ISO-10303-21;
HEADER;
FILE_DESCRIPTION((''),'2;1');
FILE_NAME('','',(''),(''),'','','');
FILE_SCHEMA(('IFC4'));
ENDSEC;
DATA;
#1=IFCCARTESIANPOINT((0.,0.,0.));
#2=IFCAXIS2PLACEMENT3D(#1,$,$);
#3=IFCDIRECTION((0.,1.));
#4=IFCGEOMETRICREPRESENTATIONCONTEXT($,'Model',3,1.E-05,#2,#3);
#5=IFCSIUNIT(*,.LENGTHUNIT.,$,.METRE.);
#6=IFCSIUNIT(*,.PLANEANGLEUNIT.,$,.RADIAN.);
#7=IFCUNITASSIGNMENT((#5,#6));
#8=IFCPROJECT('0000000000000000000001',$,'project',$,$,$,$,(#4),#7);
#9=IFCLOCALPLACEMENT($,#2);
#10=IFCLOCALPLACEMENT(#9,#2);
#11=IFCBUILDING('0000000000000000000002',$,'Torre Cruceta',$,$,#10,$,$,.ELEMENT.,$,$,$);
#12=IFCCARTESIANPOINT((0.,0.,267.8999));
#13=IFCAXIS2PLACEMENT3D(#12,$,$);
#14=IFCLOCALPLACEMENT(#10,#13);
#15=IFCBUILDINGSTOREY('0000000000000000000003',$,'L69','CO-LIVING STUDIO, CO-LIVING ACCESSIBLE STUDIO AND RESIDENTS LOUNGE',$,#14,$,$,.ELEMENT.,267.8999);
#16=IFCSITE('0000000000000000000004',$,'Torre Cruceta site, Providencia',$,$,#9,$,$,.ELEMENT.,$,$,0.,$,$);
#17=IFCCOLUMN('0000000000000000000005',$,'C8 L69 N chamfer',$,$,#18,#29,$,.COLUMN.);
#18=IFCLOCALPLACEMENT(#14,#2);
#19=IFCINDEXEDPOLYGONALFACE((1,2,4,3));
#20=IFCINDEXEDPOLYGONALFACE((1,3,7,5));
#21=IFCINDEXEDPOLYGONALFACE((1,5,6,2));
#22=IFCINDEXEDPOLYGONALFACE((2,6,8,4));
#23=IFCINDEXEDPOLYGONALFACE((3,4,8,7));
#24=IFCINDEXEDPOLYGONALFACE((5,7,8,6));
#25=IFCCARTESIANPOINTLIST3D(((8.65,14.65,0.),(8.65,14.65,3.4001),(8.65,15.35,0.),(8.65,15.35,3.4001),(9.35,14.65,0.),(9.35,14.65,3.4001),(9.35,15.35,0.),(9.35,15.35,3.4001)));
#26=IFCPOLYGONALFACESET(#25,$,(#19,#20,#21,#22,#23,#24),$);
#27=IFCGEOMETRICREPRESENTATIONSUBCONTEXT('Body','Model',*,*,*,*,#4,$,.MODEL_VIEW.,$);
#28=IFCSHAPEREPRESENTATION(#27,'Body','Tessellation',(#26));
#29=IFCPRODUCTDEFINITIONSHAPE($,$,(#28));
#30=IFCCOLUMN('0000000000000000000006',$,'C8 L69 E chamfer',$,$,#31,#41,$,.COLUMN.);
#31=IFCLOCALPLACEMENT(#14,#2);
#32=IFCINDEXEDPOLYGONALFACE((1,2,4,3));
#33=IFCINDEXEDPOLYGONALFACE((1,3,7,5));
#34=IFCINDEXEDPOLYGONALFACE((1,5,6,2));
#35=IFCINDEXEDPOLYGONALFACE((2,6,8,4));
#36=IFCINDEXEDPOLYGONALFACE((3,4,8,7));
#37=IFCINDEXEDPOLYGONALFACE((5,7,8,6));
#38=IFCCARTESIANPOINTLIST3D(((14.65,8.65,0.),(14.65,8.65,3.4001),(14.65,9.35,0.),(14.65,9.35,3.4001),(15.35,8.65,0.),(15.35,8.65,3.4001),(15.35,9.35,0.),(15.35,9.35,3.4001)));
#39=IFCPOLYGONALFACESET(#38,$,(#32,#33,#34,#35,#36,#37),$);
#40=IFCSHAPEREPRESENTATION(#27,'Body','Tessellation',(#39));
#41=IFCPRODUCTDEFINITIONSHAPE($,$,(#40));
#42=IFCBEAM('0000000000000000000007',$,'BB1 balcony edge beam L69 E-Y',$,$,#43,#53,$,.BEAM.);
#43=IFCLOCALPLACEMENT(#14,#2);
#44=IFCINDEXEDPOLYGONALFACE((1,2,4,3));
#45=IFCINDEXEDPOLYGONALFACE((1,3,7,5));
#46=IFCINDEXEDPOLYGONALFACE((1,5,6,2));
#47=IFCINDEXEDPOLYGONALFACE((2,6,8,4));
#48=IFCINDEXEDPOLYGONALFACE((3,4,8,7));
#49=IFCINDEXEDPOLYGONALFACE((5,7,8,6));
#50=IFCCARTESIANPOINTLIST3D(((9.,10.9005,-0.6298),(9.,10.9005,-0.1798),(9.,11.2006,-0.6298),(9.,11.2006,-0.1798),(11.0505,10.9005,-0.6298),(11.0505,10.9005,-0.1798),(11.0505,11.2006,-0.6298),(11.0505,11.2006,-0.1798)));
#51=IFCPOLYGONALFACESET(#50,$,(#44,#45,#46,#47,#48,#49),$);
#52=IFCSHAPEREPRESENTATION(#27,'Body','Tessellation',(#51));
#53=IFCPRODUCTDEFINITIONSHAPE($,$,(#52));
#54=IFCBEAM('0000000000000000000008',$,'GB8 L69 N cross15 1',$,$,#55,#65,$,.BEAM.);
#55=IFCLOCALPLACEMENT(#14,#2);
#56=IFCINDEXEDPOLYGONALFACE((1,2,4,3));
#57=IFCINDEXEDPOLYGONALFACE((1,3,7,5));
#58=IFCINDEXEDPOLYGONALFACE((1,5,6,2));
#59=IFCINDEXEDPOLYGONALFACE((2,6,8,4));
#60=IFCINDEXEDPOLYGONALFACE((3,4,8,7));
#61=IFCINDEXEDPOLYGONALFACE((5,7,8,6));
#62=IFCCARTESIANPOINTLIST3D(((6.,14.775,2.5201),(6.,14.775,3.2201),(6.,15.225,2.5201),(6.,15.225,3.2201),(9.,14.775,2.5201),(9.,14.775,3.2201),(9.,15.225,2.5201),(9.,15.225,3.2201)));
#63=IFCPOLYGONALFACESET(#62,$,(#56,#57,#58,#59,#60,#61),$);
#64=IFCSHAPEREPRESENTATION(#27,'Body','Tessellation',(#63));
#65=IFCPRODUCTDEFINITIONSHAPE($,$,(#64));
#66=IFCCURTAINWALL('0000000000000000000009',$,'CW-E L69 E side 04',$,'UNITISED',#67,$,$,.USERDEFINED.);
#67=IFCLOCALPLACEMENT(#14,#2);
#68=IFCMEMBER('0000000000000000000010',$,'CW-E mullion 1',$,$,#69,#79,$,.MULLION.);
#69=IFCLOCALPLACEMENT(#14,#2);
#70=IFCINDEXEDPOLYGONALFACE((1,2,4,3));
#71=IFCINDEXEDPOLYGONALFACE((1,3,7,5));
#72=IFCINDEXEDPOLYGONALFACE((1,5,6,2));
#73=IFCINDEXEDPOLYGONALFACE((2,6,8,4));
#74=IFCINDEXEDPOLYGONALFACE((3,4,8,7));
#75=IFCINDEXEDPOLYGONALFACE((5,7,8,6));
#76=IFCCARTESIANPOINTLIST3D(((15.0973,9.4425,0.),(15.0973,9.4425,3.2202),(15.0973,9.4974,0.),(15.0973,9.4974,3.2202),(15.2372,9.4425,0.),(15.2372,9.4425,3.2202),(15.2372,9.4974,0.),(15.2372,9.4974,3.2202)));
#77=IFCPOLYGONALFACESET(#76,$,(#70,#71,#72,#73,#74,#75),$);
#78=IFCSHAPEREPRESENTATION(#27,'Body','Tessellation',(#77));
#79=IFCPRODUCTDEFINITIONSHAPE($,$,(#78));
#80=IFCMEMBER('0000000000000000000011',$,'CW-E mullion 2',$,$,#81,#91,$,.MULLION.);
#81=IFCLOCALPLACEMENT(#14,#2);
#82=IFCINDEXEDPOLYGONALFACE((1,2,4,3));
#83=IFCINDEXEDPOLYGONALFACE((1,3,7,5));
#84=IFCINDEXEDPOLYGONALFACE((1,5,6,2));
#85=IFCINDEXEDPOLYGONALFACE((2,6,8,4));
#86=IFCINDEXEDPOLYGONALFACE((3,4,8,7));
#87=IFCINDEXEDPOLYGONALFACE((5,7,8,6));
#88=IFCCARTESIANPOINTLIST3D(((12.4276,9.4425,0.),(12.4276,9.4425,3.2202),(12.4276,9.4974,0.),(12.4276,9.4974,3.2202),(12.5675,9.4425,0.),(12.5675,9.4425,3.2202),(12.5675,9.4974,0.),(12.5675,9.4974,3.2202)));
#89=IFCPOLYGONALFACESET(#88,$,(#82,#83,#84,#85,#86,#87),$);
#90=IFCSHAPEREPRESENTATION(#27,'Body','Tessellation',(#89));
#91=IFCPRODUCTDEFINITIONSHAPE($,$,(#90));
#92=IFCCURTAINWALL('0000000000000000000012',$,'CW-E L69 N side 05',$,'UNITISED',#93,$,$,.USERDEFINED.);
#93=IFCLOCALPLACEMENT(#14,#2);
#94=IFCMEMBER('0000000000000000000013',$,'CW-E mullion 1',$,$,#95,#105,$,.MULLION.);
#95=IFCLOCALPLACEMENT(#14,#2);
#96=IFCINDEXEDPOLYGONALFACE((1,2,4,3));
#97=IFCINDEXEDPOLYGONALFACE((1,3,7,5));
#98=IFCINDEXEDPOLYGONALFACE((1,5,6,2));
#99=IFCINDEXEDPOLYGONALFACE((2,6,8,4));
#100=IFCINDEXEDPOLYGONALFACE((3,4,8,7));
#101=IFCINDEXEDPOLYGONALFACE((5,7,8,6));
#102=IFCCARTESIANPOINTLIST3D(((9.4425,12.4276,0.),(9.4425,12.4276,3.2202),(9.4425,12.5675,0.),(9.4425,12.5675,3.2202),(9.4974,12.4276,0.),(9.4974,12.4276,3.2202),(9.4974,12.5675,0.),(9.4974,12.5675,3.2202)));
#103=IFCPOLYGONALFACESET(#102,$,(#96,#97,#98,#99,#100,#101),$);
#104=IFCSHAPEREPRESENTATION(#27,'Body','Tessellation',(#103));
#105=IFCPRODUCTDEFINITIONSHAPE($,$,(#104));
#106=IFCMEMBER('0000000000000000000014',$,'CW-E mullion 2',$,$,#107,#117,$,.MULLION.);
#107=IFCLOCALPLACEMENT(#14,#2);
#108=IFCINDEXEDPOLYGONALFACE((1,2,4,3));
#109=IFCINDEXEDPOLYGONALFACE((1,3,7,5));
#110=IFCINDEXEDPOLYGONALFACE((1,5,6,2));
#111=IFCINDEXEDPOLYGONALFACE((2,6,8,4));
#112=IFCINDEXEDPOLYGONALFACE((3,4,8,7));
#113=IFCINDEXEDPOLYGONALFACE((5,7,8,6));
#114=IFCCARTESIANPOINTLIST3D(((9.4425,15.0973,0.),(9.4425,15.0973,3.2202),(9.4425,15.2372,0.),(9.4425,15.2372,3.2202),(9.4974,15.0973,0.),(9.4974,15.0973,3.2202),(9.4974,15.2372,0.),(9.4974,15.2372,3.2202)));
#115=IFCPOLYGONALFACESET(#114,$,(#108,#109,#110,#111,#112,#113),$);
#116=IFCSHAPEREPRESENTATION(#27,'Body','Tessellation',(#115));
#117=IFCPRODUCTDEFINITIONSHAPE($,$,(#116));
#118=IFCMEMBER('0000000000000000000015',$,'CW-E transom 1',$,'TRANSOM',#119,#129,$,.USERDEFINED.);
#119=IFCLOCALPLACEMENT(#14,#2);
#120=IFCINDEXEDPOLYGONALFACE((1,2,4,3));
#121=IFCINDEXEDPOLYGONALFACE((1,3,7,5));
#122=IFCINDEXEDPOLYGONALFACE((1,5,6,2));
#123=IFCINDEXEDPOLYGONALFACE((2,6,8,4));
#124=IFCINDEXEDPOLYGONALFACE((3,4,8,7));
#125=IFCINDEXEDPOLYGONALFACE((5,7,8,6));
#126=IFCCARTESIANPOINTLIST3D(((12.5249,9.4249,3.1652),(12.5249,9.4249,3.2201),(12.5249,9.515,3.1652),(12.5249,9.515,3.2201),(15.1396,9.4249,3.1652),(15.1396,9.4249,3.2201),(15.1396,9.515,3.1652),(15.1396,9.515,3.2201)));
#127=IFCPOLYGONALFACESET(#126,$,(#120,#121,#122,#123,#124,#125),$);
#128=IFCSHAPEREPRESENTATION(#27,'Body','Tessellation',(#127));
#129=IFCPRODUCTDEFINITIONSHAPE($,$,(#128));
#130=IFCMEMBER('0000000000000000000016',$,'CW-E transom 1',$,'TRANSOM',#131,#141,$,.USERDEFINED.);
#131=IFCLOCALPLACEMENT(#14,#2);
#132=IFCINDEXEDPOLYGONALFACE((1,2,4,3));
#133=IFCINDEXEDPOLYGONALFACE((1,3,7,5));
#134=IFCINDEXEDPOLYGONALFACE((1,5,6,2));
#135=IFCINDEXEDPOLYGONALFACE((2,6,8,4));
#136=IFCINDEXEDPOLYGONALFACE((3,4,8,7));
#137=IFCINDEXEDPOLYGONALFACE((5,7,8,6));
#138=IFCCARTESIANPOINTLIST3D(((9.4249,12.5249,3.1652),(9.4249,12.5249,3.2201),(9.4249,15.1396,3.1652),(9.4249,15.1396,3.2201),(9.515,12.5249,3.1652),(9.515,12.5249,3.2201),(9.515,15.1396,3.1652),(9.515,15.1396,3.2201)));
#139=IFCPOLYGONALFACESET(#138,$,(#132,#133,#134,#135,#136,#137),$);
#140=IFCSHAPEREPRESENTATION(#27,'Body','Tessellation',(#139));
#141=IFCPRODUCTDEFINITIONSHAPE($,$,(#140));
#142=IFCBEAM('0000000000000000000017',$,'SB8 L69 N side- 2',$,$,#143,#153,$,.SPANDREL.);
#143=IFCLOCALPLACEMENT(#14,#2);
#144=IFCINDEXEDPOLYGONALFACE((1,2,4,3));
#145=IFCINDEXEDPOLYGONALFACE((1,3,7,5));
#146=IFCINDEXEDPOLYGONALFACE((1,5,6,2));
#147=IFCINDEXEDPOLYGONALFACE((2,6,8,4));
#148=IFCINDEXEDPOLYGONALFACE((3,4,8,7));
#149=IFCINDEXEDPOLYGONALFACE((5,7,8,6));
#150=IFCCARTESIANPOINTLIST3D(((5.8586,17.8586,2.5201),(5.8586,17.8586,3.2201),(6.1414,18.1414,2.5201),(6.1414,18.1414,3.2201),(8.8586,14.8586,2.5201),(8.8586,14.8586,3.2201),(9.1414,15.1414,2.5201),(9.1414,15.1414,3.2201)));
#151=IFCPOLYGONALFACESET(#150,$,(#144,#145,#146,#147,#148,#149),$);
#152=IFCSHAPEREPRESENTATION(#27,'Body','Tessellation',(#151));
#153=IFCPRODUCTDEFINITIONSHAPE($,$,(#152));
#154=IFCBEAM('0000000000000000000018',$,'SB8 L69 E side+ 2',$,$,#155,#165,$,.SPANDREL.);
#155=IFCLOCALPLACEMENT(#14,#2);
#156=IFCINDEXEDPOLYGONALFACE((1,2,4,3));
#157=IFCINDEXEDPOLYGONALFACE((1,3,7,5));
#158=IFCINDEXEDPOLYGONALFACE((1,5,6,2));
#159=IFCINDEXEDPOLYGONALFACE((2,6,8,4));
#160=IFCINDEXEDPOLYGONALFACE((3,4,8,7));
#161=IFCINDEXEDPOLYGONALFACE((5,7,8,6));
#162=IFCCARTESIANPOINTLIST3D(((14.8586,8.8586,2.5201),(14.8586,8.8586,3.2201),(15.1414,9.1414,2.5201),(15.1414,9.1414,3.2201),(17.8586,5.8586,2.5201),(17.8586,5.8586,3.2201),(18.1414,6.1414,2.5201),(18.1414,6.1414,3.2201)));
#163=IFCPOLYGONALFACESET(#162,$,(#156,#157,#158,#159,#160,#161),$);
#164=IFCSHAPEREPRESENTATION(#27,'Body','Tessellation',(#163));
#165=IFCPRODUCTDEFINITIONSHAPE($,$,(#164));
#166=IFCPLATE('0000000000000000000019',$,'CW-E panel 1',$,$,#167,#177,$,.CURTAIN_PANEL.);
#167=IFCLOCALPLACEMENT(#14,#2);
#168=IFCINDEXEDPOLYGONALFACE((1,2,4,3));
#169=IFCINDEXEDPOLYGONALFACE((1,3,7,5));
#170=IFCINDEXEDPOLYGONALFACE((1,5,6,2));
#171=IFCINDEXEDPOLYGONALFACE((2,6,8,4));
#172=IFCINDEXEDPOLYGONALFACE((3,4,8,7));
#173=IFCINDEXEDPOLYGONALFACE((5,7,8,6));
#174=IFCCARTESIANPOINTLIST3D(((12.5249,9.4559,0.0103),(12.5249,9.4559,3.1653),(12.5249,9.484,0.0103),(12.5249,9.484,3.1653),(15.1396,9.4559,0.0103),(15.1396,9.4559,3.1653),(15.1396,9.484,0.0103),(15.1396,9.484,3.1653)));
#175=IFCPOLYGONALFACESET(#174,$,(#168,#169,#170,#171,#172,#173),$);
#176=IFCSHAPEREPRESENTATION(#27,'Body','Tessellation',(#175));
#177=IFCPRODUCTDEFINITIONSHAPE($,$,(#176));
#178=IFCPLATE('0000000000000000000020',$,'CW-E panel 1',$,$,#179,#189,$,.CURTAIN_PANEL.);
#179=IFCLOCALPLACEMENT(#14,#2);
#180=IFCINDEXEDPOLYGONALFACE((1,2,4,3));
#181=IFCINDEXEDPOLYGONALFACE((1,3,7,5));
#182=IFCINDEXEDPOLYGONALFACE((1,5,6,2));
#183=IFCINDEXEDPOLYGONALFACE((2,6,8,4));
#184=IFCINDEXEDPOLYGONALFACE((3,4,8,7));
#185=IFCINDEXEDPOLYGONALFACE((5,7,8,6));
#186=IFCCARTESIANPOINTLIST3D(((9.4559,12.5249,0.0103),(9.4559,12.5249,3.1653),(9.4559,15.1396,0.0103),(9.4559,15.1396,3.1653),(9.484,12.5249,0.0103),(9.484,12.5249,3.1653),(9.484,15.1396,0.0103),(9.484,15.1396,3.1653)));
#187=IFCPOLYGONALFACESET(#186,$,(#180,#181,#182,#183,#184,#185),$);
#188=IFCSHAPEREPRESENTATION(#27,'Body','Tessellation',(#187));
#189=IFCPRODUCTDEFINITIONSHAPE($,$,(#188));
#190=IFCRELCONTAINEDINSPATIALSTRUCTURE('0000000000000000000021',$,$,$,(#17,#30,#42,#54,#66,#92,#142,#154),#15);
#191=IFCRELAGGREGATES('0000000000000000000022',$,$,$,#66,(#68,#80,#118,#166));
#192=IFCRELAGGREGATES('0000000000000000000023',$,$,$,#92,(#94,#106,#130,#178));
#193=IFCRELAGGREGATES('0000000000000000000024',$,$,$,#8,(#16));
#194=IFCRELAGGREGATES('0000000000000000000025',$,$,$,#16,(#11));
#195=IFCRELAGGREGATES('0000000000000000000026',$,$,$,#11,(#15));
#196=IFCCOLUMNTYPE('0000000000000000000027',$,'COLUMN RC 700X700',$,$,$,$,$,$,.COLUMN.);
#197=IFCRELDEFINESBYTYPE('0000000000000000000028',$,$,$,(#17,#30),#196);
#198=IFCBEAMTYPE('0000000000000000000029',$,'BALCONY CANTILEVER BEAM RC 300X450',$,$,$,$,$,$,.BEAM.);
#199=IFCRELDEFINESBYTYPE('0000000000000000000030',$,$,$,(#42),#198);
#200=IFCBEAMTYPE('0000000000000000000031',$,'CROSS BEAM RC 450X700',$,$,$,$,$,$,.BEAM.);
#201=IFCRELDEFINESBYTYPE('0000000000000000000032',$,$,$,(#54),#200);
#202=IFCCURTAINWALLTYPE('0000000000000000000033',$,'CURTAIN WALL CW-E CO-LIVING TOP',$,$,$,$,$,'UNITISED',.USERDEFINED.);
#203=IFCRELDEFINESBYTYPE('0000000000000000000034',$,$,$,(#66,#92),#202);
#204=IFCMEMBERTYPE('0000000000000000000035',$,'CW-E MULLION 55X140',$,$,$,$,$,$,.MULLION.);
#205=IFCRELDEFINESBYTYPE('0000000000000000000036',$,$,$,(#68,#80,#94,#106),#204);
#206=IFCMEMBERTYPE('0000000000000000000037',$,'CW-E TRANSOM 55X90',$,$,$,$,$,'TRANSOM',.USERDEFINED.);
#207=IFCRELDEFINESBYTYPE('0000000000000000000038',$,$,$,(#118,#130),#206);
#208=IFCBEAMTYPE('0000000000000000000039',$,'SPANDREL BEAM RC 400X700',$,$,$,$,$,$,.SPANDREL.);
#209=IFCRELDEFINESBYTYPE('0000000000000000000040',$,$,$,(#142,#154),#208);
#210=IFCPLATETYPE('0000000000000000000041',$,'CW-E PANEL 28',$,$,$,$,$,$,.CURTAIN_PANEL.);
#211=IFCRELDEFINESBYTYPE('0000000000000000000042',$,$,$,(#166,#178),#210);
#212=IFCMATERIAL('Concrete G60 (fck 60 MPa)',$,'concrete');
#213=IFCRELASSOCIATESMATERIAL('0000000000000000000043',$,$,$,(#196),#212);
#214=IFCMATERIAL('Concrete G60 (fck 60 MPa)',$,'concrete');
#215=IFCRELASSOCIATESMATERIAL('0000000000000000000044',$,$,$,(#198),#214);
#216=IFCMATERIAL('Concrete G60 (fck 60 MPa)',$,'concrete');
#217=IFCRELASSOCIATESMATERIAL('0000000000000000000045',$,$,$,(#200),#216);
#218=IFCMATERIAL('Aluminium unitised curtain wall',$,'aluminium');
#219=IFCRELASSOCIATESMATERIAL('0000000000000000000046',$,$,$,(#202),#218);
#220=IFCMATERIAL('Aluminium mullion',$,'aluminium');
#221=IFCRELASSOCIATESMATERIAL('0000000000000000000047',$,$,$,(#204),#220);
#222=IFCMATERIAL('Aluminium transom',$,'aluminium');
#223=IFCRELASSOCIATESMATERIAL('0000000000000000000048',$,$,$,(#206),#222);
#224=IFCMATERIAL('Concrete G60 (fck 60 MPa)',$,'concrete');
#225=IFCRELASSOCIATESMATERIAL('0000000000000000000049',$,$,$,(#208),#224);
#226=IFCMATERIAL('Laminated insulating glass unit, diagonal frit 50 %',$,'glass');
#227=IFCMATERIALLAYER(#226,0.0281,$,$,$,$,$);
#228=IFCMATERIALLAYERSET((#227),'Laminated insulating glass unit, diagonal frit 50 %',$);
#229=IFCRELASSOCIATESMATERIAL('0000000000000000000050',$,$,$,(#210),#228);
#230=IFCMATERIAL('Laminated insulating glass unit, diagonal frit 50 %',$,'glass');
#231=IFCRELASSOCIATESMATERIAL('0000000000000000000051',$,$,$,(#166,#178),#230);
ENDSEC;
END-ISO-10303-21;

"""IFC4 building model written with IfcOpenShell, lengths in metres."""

from ifc_helpers import new_model, si_unit, direction, frame, origin, origin_2d, place, context, subcontext, project, spatial, rectangle, extrude, material, layer, layer_set, material_profile, profile_set, type_object, element, aggregate, save


model = new_model("IFC4")

# Units and contexts
model_context = context("Model", 3, precision=1e-05, world=origin(), true_north=direction((0.0, 1.0)))
body_context = subcontext(model_context, "Body", "Model", "MODEL_VIEW")
ifc_project = project(units=[si_unit("LENGTHUNIT", "METRE"), si_unit("PLANEANGLEUNIT", "RADIAN")], contexts=[model_context])

# Site, building, storey
site_placement = place(None, origin())
site = spatial("IfcSite", under=ifc_project, at=site_placement, Name="Torre Cruceta site, Providencia", CompositionType="ELEMENT", RefElevation=0.0)
building_placement = place(site_placement, origin())
building = spatial("IfcBuilding", under=site, at=building_placement, Name="Torre Cruceta", CompositionType="ELEMENT")
storey_placement = place(building_placement, frame((0.0, 0.0, 267.8999)))
storey = spatial("IfcBuildingStorey", under=building, at=storey_placement, Name="L69", Description="CO-LIVING STUDIO, CO-LIVING ACCESSIBLE STUDIO AND RESIDENTS LOUNGE", CompositionType="ELEMENT", Elevation=267.8999)

# Columns
ifc_material_1 = material(Name="Concrete G60 (fck 60 MPa)", Category="concrete")
ifc_material_profile_1 = material_profile(ifc_material_1, rectangle(XDim=0.7, YDim=0.7, at=origin_2d()), Name="RC 700X700")
ifc_profile_set_1 = profile_set([ifc_material_profile_1], Name="Concrete G60 (fck 60 MPa)")
column_type = type_object("IfcColumnType", Name="COLUMN RC 700X700", PredefinedType="COLUMN", material=ifc_profile_set_1)
for number, where, z_axis, x_axis, name in (
    (1, (9.0, 15.0, 0.0), (0.0, 0.0, 1.0), (1.0, 0.0, 0.0), "C8 L69 N chamfer"),
    (2, (15.0, 9.0, 0.0), (0.0, 0.0, 1.0), (1.0, 0.0, 0.0), "C8 L69 E chamfer"),
):
    element("IfcColumn", number, at=place(storey_placement, frame(where, z_axis=z_axis, x_axis=x_axis)), inside=storey, type_object=column_type, Name=name, PredefinedType="COLUMN", context=body_context, shape_type="SweptSolid", body=[
        extrude(rectangle(XDim=0.7, YDim=0.7, at=origin_2d()), origin(), (0.0, 0.0, 1.0), 3.4001),
    ])

# Beams
ifc_material_2 = material(Name="Concrete G60 (fck 60 MPa)", Category="concrete")
ifc_material_profile_2 = material_profile(ifc_material_2, rectangle(XDim=0.3, YDim=0.45, at=origin_2d()), Name="RC 300X450")
ifc_profile_set_2 = profile_set([ifc_material_profile_2], Name="Concrete G60 (fck 60 MPa)")
beam_type_1 = type_object("IfcBeamType", Name="BALCONY CANTILEVER BEAM RC 300X450", PredefinedType="BEAM", material=ifc_profile_set_2)
beam_1_placement = place(storey_placement, frame((9.0, 11.0505, -0.4048), z_axis=(1.0, 0.0, 0.0), x_axis=(0.0, 1.0, 0.0)))
element("IfcBeam", 3, at=beam_1_placement, inside=storey, type_object=beam_type_1, Name="BB1 balcony edge beam L69 E-Y", PredefinedType="BEAM", context=body_context, shape_type="SweptSolid", body=[
    extrude(rectangle(XDim=0.3, YDim=0.45, at=origin_2d()), origin(), (0.0, 0.0, 1.0), 2.0505),
])
ifc_material_3 = material(Name="Concrete G60 (fck 60 MPa)", Category="concrete")
ifc_material_profile_3 = material_profile(ifc_material_3, rectangle(XDim=0.45, YDim=0.7, at=origin_2d()), Name="RC 450X700")
ifc_profile_set_3 = profile_set([ifc_material_profile_3], Name="Concrete G60 (fck 60 MPa)")
beam_type_2 = type_object("IfcBeamType", Name="CROSS BEAM RC 450X700", PredefinedType="BEAM", material=ifc_profile_set_3)
beam_2_placement = place(storey_placement, frame((9.0, 15.0, 2.8701), z_axis=(-1.0, 0.0, 0.0), x_axis=(0.0, -1.0, 0.0)))
element("IfcBeam", 4, at=beam_2_placement, inside=storey, type_object=beam_type_2, Name="GB8 L69 N cross15 1", PredefinedType="BEAM", context=body_context, shape_type="SweptSolid", body=[
    extrude(rectangle(XDim=0.45, YDim=0.7, at=origin_2d()), origin(), (0.0, 0.0, 1.0), 3.0),
])

# Curtain walls, members
ifc_material_4 = material(Name="Aluminium unitised curtain wall", Category="aluminium")
curtain_wall_type = type_object("IfcCurtainWallType", Name="CURTAIN WALL CW-E CO-LIVING TOP", ElementType="UNITISED", PredefinedType="USERDEFINED", material=ifc_material_4)
curtain_wall_1_placement = place(storey_placement, origin())
curtain_wall_1 = element("IfcCurtainWall", 5, at=curtain_wall_1_placement, inside=storey, type_object=curtain_wall_type, Name="CW-E L69 E side 04", ObjectType="UNITISED", PredefinedType="USERDEFINED")
ifc_material_5 = material(Name="Aluminium mullion", Category="aluminium")
ifc_material_profile_4 = material_profile(ifc_material_5, rectangle(XDim=0.0549, YDim=0.1399, at=origin_2d()), Name="AL 55X140")
ifc_profile_set_4 = profile_set([ifc_material_profile_4], Name="Aluminium mullion")
member_type_1 = type_object("IfcMemberType", Name="CW-E MULLION 55X140", PredefinedType="MULLION", material=ifc_profile_set_4)
member_1_placement = place(storey_placement, frame((15.1672, 9.47, 0.0), z_axis=(0.0, 0.0, 1.0), x_axis=(0.0, -1.0, 0.0)))
member_1 = element("IfcMember", 6, at=member_1_placement, type_object=member_type_1, Name="CW-E mullion 1", PredefinedType="MULLION", context=body_context, shape_type="SweptSolid", body=[
    extrude(rectangle(XDim=0.0549, YDim=0.1399, at=origin_2d()), origin(), (0.0, 0.0, 1.0), 3.2202),
])
member_2_placement = place(storey_placement, frame((12.4976, 9.47, 0.0), z_axis=(0.0, 0.0, 1.0), x_axis=(0.0, -1.0, 0.0)))
member_2 = element("IfcMember", 7, at=member_2_placement, type_object=member_type_1, Name="CW-E mullion 2", PredefinedType="MULLION", context=body_context, shape_type="SweptSolid", body=[
    extrude(rectangle(XDim=0.0549, YDim=0.1399, at=origin_2d()), origin(), (0.0, 0.0, 1.0), 3.2202),
])
curtain_wall_2_placement = place(storey_placement, origin())
curtain_wall_2 = element("IfcCurtainWall", 8, at=curtain_wall_2_placement, inside=storey, type_object=curtain_wall_type, Name="CW-E L69 N side 05", ObjectType="UNITISED", PredefinedType="USERDEFINED")
member_3_placement = place(storey_placement, frame((9.47, 12.4976, 0.0), z_axis=(0.0, 0.0, 1.0), x_axis=(-1.0, 0.0, 0.0)))
member_3 = element("IfcMember", 9, at=member_3_placement, type_object=member_type_1, Name="CW-E mullion 1", PredefinedType="MULLION", context=body_context, shape_type="SweptSolid", body=[
    extrude(rectangle(XDim=0.0549, YDim=0.1399, at=origin_2d()), origin(), (0.0, 0.0, 1.0), 3.2202),
])
member_4_placement = place(storey_placement, frame((9.47, 15.1672, 0.0), z_axis=(0.0, 0.0, 1.0), x_axis=(-1.0, 0.0, 0.0)))
member_4 = element("IfcMember", 10, at=member_4_placement, type_object=member_type_1, Name="CW-E mullion 2", PredefinedType="MULLION", context=body_context, shape_type="SweptSolid", body=[
    extrude(rectangle(XDim=0.0549, YDim=0.1399, at=origin_2d()), origin(), (0.0, 0.0, 1.0), 3.2202),
])

# Members
ifc_material_6 = material(Name="Aluminium transom", Category="aluminium")
ifc_material_profile_5 = material_profile(ifc_material_6, rectangle(XDim=0.0901, YDim=0.0549, at=origin_2d()), Name="AL 90X55")
ifc_profile_set_5 = profile_set([ifc_material_profile_5], Name="Aluminium transom")
member_type_2 = type_object("IfcMemberType", Name="CW-E TRANSOM 55X90", ElementType="TRANSOM", PredefinedType="USERDEFINED", material=ifc_profile_set_5)
member_5_placement = place(storey_placement, frame((15.1396, 9.47, 3.1926), z_axis=(-1.0, 0.0, 0.0), x_axis=(0.0, -1.0, 0.0)))
member_5 = element("IfcMember", 11, at=member_5_placement, type_object=member_type_2, Name="CW-E transom 1", ObjectType="TRANSOM", PredefinedType="USERDEFINED", context=body_context, shape_type="SweptSolid", body=[
    extrude(rectangle(XDim=0.0901, YDim=0.0549, at=origin_2d()), origin(), (0.0, 0.0, 1.0), 2.6147),
])
member_6_placement = place(storey_placement, frame((9.47, 12.5249, 3.1926), z_axis=(0.0, 1.0, 0.0), x_axis=(-1.0, 0.0, 0.0)))
member_6 = element("IfcMember", 12, at=member_6_placement, type_object=member_type_2, Name="CW-E transom 1", ObjectType="TRANSOM", PredefinedType="USERDEFINED", context=body_context, shape_type="SweptSolid", body=[
    extrude(rectangle(XDim=0.0901, YDim=0.0549, at=origin_2d()), origin(), (0.0, 0.0, 1.0), 2.6147),
])

# Beams
ifc_material_7 = material(Name="Concrete G60 (fck 60 MPa)", Category="concrete")
ifc_material_profile_6 = material_profile(ifc_material_7, rectangle(XDim=0.3999, YDim=0.7, at=origin_2d()), Name="RC 400X700")
ifc_profile_set_6 = profile_set([ifc_material_profile_6], Name="Concrete G60 (fck 60 MPa)")
beam_type_3 = type_object("IfcBeamType", Name="SPANDREL BEAM RC 400X700", PredefinedType="SPANDREL", material=ifc_profile_set_6)
for number, where, z_axis, x_axis, name in (
    (13, (9.0, 15.0, 2.8701), (-0.707107, 0.707107, 0.0), (-0.707107, -0.707107, 0.0), "SB8 L69 N side- 2"),
    (14, (15.0, 9.0, 2.8701), (0.707107, -0.707107, 0.0), (0.707107, 0.707107, 0.0), "SB8 L69 E side+ 2"),
):
    element("IfcBeam", number, at=place(storey_placement, frame(where, z_axis=z_axis, x_axis=x_axis)), inside=storey, type_object=beam_type_3, Name=name, PredefinedType="SPANDREL", context=body_context, shape_type="SweptSolid", body=[
        extrude(rectangle(XDim=0.3999, YDim=0.7, at=origin_2d()), origin(), (0.0, 0.0, 1.0), 4.2427),
    ])

# Plates
ifc_material_8 = material(Name="Laminated insulating glass unit, diagonal frit 50 %", Category="glass")
ifc_material_9 = material(Name="Laminated insulating glass unit, diagonal frit 50 %", Category="glass")
ifc_layer_1 = layer(ifc_material_9, 0.0281)
ifc_layer_set_1 = layer_set([ifc_layer_1], Name="Laminated insulating glass unit, diagonal frit 50 %")
plate_type = type_object("IfcPlateType", Name="CW-E PANEL 28", PredefinedType="CURTAIN_PANEL", material=ifc_layer_set_1)
plate_1_placement = place(storey_placement, frame((13.8323, 9.47, 0.0103), z_axis=(0.0, 0.0, 1.0), x_axis=(-1.0, 0.0, 0.0)))
plate_1 = element("IfcPlate", 15, at=plate_1_placement, type_object=plate_type, material=ifc_material_8, Name="CW-E panel 1", PredefinedType="CURTAIN_PANEL", context=body_context, shape_type="SweptSolid", body=[
    extrude(rectangle(XDim=2.6147, YDim=0.0281, at=origin_2d()), origin(), (0.0, 0.0, 1.0), 3.155),
])
aggregate(curtain_wall_1, [member_1, member_2, member_5, plate_1])
plate_2_placement = place(storey_placement, frame((9.47, 13.8323, 0.0103), z_axis=(0.0, 0.0, 1.0), x_axis=(0.0, 1.0, 0.0)))
plate_2 = element("IfcPlate", 16, at=plate_2_placement, type_object=plate_type, material=ifc_material_8, Name="CW-E panel 1", PredefinedType="CURTAIN_PANEL", context=body_context, shape_type="SweptSolid", body=[
    extrude(rectangle(XDim=2.6147, YDim=0.0281, at=origin_2d()), origin(), (0.0, 0.0, 1.0), 3.155),
])
aggregate(curtain_wall_2, [member_3, member_4, member_6, plate_2])

save(model, "model.ifc")
